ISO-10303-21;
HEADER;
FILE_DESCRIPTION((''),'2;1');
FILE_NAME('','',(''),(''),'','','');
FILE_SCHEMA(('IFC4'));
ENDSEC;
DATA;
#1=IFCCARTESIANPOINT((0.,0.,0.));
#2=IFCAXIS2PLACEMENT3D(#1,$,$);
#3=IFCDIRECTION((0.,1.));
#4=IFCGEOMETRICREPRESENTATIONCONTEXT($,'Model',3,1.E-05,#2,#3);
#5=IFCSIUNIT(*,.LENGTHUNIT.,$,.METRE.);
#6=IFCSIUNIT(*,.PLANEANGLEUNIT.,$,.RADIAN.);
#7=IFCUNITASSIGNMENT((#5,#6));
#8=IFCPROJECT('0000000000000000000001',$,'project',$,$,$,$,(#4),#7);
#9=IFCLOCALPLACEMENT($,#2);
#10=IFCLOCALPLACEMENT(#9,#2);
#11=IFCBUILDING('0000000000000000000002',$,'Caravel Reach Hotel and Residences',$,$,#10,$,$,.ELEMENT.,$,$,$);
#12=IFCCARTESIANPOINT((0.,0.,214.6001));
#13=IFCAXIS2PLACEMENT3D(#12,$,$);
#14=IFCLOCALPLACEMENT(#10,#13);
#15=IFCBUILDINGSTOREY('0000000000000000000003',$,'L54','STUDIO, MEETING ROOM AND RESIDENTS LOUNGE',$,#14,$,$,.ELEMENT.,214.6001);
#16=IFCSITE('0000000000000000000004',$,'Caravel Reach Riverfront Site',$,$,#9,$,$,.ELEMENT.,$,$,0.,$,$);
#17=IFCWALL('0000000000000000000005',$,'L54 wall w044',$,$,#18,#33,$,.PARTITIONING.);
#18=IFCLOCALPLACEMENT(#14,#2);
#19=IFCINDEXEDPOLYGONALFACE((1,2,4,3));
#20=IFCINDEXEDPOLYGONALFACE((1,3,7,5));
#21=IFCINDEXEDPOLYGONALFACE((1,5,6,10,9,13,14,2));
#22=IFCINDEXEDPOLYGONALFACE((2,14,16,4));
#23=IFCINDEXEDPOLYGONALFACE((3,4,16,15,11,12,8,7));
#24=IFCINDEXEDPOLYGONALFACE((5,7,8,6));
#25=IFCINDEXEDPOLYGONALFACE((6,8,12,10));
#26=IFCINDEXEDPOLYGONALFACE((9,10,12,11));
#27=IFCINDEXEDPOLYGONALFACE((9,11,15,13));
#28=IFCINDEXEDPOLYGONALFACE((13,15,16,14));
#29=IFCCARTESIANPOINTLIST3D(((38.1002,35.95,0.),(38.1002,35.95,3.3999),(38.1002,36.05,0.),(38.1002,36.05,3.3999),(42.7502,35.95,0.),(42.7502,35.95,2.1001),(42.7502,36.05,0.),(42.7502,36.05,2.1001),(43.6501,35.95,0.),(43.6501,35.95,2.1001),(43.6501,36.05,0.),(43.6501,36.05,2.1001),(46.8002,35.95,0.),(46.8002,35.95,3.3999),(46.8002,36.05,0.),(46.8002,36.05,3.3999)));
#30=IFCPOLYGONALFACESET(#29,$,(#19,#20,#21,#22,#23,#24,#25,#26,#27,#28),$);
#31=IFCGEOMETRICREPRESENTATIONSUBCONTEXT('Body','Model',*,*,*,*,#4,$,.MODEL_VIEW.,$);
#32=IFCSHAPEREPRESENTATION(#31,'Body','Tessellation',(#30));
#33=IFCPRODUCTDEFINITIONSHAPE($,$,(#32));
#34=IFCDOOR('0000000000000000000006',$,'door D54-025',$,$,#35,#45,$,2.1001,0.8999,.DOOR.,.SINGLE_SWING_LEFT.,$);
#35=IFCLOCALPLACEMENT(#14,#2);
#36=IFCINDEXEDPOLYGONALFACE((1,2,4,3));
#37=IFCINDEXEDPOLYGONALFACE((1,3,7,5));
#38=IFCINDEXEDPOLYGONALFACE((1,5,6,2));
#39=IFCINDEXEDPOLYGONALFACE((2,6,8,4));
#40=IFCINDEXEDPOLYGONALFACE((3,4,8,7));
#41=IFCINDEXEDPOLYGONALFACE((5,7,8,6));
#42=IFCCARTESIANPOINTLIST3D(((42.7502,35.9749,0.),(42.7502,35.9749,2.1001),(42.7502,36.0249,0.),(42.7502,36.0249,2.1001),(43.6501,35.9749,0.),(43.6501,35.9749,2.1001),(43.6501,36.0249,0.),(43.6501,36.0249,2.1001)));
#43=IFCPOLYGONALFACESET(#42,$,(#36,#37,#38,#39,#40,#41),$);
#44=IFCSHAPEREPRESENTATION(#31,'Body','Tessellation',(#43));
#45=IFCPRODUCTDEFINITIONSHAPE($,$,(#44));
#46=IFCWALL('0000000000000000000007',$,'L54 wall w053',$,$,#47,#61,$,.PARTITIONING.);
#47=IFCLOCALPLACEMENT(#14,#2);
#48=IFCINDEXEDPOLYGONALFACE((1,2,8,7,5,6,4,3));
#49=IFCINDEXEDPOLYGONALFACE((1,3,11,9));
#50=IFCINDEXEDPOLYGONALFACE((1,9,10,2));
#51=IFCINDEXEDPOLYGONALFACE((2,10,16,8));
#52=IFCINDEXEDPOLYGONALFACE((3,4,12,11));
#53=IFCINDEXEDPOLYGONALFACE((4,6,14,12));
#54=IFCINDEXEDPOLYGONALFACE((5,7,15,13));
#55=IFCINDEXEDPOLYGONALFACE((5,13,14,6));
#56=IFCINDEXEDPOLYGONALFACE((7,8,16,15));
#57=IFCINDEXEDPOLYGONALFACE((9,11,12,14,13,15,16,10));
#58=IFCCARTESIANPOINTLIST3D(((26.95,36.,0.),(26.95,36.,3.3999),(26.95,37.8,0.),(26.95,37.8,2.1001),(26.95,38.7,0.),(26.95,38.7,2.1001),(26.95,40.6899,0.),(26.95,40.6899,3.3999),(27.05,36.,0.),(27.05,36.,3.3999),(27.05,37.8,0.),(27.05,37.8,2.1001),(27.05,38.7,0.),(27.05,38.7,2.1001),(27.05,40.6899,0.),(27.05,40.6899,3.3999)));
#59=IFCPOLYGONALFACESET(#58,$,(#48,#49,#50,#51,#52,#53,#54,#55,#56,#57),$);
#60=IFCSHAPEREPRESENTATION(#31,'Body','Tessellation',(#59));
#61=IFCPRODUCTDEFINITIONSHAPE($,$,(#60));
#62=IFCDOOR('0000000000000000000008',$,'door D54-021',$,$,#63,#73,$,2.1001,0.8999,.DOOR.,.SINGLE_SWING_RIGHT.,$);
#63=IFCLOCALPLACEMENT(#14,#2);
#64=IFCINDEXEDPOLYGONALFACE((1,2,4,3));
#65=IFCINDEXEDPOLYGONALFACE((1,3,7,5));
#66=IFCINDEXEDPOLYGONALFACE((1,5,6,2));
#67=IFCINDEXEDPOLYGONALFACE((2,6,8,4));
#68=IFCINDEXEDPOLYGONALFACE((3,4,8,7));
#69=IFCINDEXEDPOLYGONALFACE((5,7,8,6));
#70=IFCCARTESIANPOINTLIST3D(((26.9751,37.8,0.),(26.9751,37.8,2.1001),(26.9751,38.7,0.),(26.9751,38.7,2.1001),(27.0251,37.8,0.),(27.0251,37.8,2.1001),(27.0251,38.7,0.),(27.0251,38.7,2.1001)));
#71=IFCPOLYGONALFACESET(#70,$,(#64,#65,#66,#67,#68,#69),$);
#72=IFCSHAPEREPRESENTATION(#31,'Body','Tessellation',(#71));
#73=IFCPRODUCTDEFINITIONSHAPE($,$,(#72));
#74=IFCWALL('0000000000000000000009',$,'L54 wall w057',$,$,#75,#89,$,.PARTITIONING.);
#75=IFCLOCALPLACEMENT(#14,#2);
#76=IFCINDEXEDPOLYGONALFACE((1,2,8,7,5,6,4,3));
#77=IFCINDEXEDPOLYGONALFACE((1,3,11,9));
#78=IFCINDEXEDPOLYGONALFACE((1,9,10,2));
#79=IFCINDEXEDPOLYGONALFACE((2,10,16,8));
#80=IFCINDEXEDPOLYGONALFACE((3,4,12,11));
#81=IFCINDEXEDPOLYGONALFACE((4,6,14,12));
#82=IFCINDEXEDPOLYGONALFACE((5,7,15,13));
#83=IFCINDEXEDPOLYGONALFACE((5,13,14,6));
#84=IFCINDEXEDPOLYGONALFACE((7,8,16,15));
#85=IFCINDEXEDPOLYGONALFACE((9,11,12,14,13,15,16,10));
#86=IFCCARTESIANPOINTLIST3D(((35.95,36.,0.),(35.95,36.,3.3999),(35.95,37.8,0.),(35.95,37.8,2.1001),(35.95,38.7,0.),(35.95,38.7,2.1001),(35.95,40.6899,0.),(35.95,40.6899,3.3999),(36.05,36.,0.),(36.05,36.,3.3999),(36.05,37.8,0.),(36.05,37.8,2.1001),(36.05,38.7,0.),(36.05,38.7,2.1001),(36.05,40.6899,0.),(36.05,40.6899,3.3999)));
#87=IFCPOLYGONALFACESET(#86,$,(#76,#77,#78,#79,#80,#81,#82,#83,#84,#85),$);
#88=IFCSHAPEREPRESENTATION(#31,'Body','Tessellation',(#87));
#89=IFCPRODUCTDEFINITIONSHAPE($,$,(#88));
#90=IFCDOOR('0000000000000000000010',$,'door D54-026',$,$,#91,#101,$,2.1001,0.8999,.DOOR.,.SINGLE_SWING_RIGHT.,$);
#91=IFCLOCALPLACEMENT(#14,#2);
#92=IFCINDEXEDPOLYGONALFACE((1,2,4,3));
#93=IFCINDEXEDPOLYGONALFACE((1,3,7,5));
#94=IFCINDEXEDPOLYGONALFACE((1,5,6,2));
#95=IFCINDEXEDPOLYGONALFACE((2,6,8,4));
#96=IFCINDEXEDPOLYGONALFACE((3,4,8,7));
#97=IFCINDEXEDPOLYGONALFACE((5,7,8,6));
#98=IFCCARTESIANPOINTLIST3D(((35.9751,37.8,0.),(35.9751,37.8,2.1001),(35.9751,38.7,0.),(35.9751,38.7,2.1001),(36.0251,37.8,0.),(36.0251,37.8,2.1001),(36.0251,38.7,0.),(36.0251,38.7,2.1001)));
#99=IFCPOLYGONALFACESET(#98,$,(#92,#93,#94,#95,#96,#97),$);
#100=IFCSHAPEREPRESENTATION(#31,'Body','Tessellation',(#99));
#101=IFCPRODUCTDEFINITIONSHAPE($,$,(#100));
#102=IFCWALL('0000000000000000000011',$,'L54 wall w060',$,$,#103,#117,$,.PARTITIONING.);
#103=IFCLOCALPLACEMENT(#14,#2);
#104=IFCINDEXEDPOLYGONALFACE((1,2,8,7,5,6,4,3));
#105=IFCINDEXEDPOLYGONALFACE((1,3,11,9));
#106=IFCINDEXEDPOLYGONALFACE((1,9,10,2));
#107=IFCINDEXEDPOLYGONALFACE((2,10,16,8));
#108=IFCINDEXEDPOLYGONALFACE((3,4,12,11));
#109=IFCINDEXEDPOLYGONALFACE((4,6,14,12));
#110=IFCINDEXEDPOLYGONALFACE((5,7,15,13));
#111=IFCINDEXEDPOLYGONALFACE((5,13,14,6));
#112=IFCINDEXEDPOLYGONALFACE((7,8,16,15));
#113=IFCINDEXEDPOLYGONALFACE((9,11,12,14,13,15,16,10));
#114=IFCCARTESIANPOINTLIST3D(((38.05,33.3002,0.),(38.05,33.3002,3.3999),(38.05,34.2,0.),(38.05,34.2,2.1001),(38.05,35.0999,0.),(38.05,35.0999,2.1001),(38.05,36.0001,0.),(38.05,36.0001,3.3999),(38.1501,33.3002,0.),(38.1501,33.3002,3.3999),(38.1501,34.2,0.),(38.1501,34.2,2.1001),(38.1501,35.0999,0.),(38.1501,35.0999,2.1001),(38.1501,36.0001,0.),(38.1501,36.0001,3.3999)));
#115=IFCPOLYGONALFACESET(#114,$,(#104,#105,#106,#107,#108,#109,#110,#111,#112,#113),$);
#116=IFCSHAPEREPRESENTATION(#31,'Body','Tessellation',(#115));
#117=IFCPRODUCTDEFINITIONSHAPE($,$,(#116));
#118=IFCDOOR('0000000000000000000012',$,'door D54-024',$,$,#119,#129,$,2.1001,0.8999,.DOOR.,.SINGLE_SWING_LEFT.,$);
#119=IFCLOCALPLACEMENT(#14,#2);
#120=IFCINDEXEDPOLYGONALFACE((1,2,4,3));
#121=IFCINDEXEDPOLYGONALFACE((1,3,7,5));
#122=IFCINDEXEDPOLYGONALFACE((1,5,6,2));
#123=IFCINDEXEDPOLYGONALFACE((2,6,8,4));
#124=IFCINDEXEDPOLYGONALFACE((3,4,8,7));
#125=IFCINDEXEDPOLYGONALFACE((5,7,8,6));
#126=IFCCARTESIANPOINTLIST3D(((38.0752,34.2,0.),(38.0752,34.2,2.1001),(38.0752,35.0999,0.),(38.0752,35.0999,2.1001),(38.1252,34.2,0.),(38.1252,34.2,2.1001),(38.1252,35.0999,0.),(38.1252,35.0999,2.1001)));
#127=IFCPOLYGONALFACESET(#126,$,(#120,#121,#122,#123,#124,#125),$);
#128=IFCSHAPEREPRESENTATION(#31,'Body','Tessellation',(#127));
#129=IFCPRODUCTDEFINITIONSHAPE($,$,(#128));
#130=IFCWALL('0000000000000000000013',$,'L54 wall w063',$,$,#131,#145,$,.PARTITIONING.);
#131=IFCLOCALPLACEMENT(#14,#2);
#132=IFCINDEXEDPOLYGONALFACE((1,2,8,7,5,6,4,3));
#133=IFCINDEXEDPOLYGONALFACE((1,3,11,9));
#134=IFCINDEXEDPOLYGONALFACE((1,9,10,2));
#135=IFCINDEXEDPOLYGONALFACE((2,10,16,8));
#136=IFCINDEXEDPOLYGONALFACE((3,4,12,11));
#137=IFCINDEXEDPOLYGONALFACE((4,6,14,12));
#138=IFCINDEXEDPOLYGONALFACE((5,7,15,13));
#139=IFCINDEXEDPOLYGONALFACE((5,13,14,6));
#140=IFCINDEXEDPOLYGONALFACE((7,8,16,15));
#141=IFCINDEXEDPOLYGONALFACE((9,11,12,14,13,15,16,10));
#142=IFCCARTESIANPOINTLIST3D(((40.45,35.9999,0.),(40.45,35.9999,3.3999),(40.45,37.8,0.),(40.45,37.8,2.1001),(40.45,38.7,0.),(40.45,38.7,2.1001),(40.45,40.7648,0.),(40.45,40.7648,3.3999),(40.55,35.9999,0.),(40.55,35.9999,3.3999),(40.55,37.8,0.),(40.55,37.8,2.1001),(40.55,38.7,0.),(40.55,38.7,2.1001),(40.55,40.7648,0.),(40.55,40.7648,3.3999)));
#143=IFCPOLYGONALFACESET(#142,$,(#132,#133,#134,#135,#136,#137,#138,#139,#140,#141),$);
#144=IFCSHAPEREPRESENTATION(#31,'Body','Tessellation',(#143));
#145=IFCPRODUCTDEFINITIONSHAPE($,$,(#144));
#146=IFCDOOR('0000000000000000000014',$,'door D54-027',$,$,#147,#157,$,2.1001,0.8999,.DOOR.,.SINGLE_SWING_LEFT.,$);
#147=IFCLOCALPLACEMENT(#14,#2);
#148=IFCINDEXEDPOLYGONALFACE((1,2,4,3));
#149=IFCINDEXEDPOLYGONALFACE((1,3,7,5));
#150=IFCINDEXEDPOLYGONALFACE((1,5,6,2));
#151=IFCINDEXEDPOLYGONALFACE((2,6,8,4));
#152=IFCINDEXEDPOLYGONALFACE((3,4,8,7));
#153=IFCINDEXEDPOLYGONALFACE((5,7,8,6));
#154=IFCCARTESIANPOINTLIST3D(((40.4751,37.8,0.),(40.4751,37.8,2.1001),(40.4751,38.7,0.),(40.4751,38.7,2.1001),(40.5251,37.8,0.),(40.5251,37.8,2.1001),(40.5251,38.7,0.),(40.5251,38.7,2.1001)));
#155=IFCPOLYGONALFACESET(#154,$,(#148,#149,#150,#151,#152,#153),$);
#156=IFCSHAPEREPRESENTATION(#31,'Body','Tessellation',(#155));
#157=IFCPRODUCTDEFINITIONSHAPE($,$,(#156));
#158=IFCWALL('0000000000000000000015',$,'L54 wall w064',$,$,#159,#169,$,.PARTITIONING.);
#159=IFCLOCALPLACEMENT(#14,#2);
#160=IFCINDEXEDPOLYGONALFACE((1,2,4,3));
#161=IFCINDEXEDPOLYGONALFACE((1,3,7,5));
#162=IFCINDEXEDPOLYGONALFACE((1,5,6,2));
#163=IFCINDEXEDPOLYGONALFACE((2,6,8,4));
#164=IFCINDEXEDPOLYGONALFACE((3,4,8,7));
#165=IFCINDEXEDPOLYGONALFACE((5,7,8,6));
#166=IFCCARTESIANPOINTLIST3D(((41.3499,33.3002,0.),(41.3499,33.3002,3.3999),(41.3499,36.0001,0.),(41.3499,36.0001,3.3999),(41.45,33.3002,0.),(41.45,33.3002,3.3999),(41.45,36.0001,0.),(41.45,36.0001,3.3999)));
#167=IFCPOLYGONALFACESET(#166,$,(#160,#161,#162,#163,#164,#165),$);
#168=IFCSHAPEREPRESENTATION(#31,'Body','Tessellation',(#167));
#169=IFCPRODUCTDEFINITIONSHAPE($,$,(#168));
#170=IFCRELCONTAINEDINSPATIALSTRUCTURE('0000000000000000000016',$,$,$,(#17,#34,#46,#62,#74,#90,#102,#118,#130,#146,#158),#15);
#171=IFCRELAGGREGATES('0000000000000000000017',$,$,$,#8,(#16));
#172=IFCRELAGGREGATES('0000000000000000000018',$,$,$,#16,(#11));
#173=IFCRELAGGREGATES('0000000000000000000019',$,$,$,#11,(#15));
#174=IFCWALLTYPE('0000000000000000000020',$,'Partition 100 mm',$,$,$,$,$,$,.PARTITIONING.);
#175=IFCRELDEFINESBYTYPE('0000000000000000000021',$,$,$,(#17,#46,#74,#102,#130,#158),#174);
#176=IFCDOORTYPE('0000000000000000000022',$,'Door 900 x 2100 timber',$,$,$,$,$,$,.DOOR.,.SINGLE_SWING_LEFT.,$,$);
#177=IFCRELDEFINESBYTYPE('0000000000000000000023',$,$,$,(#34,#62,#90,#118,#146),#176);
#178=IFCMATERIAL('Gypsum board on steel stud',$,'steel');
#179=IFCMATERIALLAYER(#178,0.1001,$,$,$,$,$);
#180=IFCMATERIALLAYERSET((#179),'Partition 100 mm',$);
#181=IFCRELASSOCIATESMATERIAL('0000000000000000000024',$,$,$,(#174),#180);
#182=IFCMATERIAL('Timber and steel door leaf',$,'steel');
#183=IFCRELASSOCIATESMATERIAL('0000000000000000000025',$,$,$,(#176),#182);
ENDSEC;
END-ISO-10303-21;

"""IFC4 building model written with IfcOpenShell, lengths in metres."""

from ifc_helpers import new_model, si_unit, direction, frame, frame_2d, origin, place, context, subcontext, project, spatial, rectangle, extrude, material, layer, layer_set, type_object, element, fill, save


model = new_model("IFC4")

# Units and contexts
model_context = context("Model", 3, precision=1e-05, world=origin(), true_north=direction((0.0, 1.0)))
body_context = subcontext(model_context, "Body", "Model", "MODEL_VIEW")
ifc_project = project(units=[si_unit("LENGTHUNIT", "METRE"), si_unit("PLANEANGLEUNIT", "RADIAN")], contexts=[model_context])

# Site, building, storey
site_placement = place(None, origin())
site = spatial("IfcSite", under=ifc_project, at=site_placement, Name="Caravel Reach Riverfront Site", CompositionType="ELEMENT", RefElevation=0.0)
building_placement = place(site_placement, origin())
building = spatial("IfcBuilding", under=site, at=building_placement, Name="Caravel Reach Hotel and Residences", CompositionType="ELEMENT")
storey_placement = place(building_placement, frame((0.0, 0.0, 214.6001)))
storey = spatial("IfcBuildingStorey", under=building, at=storey_placement, Name="L54", Description="STUDIO, MEETING ROOM AND RESIDENTS LOUNGE", CompositionType="ELEMENT", Elevation=214.6001)

# Shared definitions
ifc_material_1 = material(Name="Gypsum board on steel stud", Category="steel")
ifc_layer_1 = layer(ifc_material_1, 0.1001)
ifc_layer_set_1 = layer_set([ifc_layer_1], Name="Partition 100 mm")
wall_type_1 = type_object("IfcWallType", Name="Partition 100 mm", PredefinedType="PARTITIONING", material=ifc_layer_set_1)

# Walls, openings, doors
wall_1_placement = place(storey_placement, frame((38.1001, 36.0, 0.0), z_axis=(0.0, 0.0, 1.0), x_axis=(1.0, 0.0, 0.0)))
wall_1 = element("IfcWall", 1, at=wall_1_placement, inside=storey, type_object=wall_type_1, Name="L54 wall w044", PredefinedType="PARTITIONING", context=body_context, shape_type="SweptSolid", body=[
    extrude(rectangle(XDim=8.7, YDim=0.1001, at=frame_2d((4.3501, 0.0))), origin(), (0.0, 0.0, 1.0), 3.3999),
])
opening_1_placement = place(wall_1_placement, frame((4.6501, 0.0, 0.0)))
opening_1 = element("IfcOpeningElement", 2, at=opening_1_placement, cuts=wall_1, PredefinedType="OPENING", context=body_context, shape_type="SweptSolid", body=[
    extrude(rectangle(XDim=0.8999, YDim=2.1001, at=frame_2d((0.45, 1.05))), frame((0.0, 0.0601, 0.0), z_axis=(0.0, -1.0, 0.0), x_axis=(1.0, 0.0, 0.0)), (0.0, 0.0, 1.0), 0.1201),
])
ifc_material_2 = material(Name="Timber and steel door leaf", Category="steel")
door_type_1 = type_object("IfcDoorType", Name="Door 900 x 2100 timber", OperationType="SINGLE_SWING_LEFT", PredefinedType="DOOR", material=ifc_material_2)
door_1_placement = place(opening_1_placement, origin())
door_1 = element("IfcDoor", 3, at=door_1_placement, inside=storey, type_object=door_type_1, Name="door D54-025", OperationType="SINGLE_SWING_LEFT", OverallHeight=2.1001, OverallWidth=0.8999, PredefinedType="DOOR", context=body_context, shape_type="SweptSolid", body=[
    extrude(rectangle(XDim=0.8999, YDim=2.1001, at=frame_2d((0.45, 1.05))), frame((0.0, 0.0249, 0.0), z_axis=(0.0, -1.0, 0.0), x_axis=(1.0, 0.0, 0.0)), (0.0, 0.0, 1.0), 0.05),
])
fill(opening_1, door_1)
wall_2_placement = place(storey_placement, frame((27.0, 36.0, 0.0), z_axis=(0.0, 0.0, 1.0), x_axis=(0.0, 1.0, 0.0)))
wall_2 = element("IfcWall", 4, at=wall_2_placement, inside=storey, type_object=wall_type_1, Name="L54 wall w053", PredefinedType="PARTITIONING", context=body_context, shape_type="SweptSolid", body=[
    extrude(rectangle(XDim=4.6899, YDim=0.1001, at=frame_2d((2.345, 0.0))), origin(), (0.0, 0.0, 1.0), 3.3999),
])
opening_2_placement = place(wall_2_placement, frame((1.8, 0.0, 0.0)))
opening_2 = element("IfcOpeningElement", 5, at=opening_2_placement, cuts=wall_2, PredefinedType="OPENING", context=body_context, shape_type="SweptSolid", body=[
    extrude(rectangle(XDim=0.8999, YDim=2.1001, at=frame_2d((0.45, 1.05))), frame((0.0, 0.0601, 0.0), z_axis=(0.0, -1.0, 0.0), x_axis=(1.0, 0.0, 0.0)), (0.0, 0.0, 1.0), 0.1201),
])
door_2_placement = place(opening_2_placement, origin())
door_2 = element("IfcDoor", 6, at=door_2_placement, inside=storey, type_object=door_type_1, Name="door D54-021", OperationType="SINGLE_SWING_RIGHT", OverallHeight=2.1001, OverallWidth=0.8999, PredefinedType="DOOR", context=body_context, shape_type="SweptSolid", body=[
    extrude(rectangle(XDim=0.8999, YDim=2.1001, at=frame_2d((0.45, 1.05))), frame((0.0, 0.0249, 0.0), z_axis=(0.0, -1.0, 0.0), x_axis=(1.0, 0.0, 0.0)), (0.0, 0.0, 1.0), 0.05),
])
fill(opening_2, door_2)
wall_3_placement = place(storey_placement, frame((36.0, 36.0, 0.0), z_axis=(0.0, 0.0, 1.0), x_axis=(0.0, 1.0, 0.0)))
wall_3 = element("IfcWall", 7, at=wall_3_placement, inside=storey, type_object=wall_type_1, Name="L54 wall w057", PredefinedType="PARTITIONING", context=body_context, shape_type="SweptSolid", body=[
    extrude(rectangle(XDim=4.6899, YDim=0.1001, at=frame_2d((2.345, 0.0))), origin(), (0.0, 0.0, 1.0), 3.3999),
])
opening_3_placement = place(wall_3_placement, frame((1.8, 0.0, 0.0)))
opening_3 = element("IfcOpeningElement", 8, at=opening_3_placement, cuts=wall_3, PredefinedType="OPENING", context=body_context, shape_type="SweptSolid", body=[
    extrude(rectangle(XDim=0.8999, YDim=2.1001, at=frame_2d((0.45, 1.05))), frame((0.0, 0.0601, 0.0), z_axis=(0.0, -1.0, 0.0), x_axis=(1.0, 0.0, 0.0)), (0.0, 0.0, 1.0), 0.1201),
])
door_3_placement = place(opening_3_placement, origin())
door_3 = element("IfcDoor", 9, at=door_3_placement, inside=storey, type_object=door_type_1, Name="door D54-026", OperationType="SINGLE_SWING_RIGHT", OverallHeight=2.1001, OverallWidth=0.8999, PredefinedType="DOOR", context=body_context, shape_type="SweptSolid", body=[
    extrude(rectangle(XDim=0.8999, YDim=2.1001, at=frame_2d((0.45, 1.05))), frame((0.0, 0.0249, 0.0), z_axis=(0.0, -1.0, 0.0), x_axis=(1.0, 0.0, 0.0)), (0.0, 0.0, 1.0), 0.05),
])
fill(opening_3, door_3)
wall_4_placement = place(storey_placement, frame((38.1001, 33.3, 0.0), z_axis=(0.0, 0.0, 1.0), x_axis=(0.0, 1.0, 0.0)))
wall_4 = element("IfcWall", 10, at=wall_4_placement, inside=storey, type_object=wall_type_1, Name="L54 wall w060", PredefinedType="PARTITIONING", context=body_context, shape_type="SweptSolid", body=[
    extrude(rectangle(XDim=2.7, YDim=0.1001, at=frame_2d((1.3501, 0.0))), origin(), (0.0, 0.0, 1.0), 3.3999),
])
opening_4_placement = place(wall_4_placement, frame((0.8999, 0.0, 0.0)))
opening_4 = element("IfcOpeningElement", 11, at=opening_4_placement, cuts=wall_4, PredefinedType="OPENING", context=body_context, shape_type="SweptSolid", body=[
    extrude(rectangle(XDim=0.8999, YDim=2.1001, at=frame_2d((0.45, 1.05))), frame((0.0, 0.0601, 0.0), z_axis=(0.0, -1.0, 0.0), x_axis=(1.0, 0.0, 0.0)), (0.0, 0.0, 1.0), 0.1201),
])
door_4_placement = place(opening_4_placement, origin())
door_4 = element("IfcDoor", 12, at=door_4_placement, inside=storey, type_object=door_type_1, Name="door D54-024", OperationType="SINGLE_SWING_LEFT", OverallHeight=2.1001, OverallWidth=0.8999, PredefinedType="DOOR", context=body_context, shape_type="SweptSolid", body=[
    extrude(rectangle(XDim=0.8999, YDim=2.1001, at=frame_2d((0.45, 1.05))), frame((0.0, 0.0249, 0.0), z_axis=(0.0, -1.0, 0.0), x_axis=(1.0, 0.0, 0.0)), (0.0, 0.0, 1.0), 0.05),
])
fill(opening_4, door_4)
wall_5_placement = place(storey_placement, frame((40.5, 36.0, 0.0), z_axis=(0.0, 0.0, 1.0), x_axis=(0.0, 1.0, 0.0)))
wall_5 = element("IfcWall", 13, at=wall_5_placement, inside=storey, type_object=wall_type_1, Name="L54 wall w063", PredefinedType="PARTITIONING", context=body_context, shape_type="SweptSolid", body=[
    extrude(rectangle(XDim=4.7649, YDim=0.1001, at=frame_2d((2.3823, 0.0))), origin(), (0.0, 0.0, 1.0), 3.3999),
])
opening_5_placement = place(wall_5_placement, frame((1.8, 0.0, 0.0)))
opening_5 = element("IfcOpeningElement", 14, at=opening_5_placement, cuts=wall_5, PredefinedType="OPENING", context=body_context, shape_type="SweptSolid", body=[
    extrude(rectangle(XDim=0.8999, YDim=2.1001, at=frame_2d((0.45, 1.05))), frame((0.0, 0.0601, 0.0), z_axis=(0.0, -1.0, 0.0), x_axis=(1.0, 0.0, 0.0)), (0.0, 0.0, 1.0), 0.1201),
])
door_5_placement = place(opening_5_placement, origin())
door_5 = element("IfcDoor", 15, at=door_5_placement, inside=storey, type_object=door_type_1, Name="door D54-027", OperationType="SINGLE_SWING_LEFT", OverallHeight=2.1001, OverallWidth=0.8999, PredefinedType="DOOR", context=body_context, shape_type="SweptSolid", body=[
    extrude(rectangle(XDim=0.8999, YDim=2.1001, at=frame_2d((0.45, 1.05))), frame((0.0, 0.0249, 0.0), z_axis=(0.0, -1.0, 0.0), x_axis=(1.0, 0.0, 0.0)), (0.0, 0.0, 1.0), 0.05),
])
fill(opening_5, door_5)

# Wall
wall_6_placement = place(storey_placement, frame((41.3999, 33.3, 0.0), z_axis=(0.0, 0.0, 1.0), x_axis=(0.0, 1.0, 0.0)))
element("IfcWall", 16, at=wall_6_placement, inside=storey, type_object=wall_type_1, Name="L54 wall w064", PredefinedType="PARTITIONING", context=body_context, shape_type="SweptSolid", body=[
    extrude(rectangle(XDim=2.7, YDim=0.1001, at=frame_2d((1.3501, 0.0))), origin(), (0.0, 0.0, 1.0), 3.3999),
])

save(model, "model.ifc")
